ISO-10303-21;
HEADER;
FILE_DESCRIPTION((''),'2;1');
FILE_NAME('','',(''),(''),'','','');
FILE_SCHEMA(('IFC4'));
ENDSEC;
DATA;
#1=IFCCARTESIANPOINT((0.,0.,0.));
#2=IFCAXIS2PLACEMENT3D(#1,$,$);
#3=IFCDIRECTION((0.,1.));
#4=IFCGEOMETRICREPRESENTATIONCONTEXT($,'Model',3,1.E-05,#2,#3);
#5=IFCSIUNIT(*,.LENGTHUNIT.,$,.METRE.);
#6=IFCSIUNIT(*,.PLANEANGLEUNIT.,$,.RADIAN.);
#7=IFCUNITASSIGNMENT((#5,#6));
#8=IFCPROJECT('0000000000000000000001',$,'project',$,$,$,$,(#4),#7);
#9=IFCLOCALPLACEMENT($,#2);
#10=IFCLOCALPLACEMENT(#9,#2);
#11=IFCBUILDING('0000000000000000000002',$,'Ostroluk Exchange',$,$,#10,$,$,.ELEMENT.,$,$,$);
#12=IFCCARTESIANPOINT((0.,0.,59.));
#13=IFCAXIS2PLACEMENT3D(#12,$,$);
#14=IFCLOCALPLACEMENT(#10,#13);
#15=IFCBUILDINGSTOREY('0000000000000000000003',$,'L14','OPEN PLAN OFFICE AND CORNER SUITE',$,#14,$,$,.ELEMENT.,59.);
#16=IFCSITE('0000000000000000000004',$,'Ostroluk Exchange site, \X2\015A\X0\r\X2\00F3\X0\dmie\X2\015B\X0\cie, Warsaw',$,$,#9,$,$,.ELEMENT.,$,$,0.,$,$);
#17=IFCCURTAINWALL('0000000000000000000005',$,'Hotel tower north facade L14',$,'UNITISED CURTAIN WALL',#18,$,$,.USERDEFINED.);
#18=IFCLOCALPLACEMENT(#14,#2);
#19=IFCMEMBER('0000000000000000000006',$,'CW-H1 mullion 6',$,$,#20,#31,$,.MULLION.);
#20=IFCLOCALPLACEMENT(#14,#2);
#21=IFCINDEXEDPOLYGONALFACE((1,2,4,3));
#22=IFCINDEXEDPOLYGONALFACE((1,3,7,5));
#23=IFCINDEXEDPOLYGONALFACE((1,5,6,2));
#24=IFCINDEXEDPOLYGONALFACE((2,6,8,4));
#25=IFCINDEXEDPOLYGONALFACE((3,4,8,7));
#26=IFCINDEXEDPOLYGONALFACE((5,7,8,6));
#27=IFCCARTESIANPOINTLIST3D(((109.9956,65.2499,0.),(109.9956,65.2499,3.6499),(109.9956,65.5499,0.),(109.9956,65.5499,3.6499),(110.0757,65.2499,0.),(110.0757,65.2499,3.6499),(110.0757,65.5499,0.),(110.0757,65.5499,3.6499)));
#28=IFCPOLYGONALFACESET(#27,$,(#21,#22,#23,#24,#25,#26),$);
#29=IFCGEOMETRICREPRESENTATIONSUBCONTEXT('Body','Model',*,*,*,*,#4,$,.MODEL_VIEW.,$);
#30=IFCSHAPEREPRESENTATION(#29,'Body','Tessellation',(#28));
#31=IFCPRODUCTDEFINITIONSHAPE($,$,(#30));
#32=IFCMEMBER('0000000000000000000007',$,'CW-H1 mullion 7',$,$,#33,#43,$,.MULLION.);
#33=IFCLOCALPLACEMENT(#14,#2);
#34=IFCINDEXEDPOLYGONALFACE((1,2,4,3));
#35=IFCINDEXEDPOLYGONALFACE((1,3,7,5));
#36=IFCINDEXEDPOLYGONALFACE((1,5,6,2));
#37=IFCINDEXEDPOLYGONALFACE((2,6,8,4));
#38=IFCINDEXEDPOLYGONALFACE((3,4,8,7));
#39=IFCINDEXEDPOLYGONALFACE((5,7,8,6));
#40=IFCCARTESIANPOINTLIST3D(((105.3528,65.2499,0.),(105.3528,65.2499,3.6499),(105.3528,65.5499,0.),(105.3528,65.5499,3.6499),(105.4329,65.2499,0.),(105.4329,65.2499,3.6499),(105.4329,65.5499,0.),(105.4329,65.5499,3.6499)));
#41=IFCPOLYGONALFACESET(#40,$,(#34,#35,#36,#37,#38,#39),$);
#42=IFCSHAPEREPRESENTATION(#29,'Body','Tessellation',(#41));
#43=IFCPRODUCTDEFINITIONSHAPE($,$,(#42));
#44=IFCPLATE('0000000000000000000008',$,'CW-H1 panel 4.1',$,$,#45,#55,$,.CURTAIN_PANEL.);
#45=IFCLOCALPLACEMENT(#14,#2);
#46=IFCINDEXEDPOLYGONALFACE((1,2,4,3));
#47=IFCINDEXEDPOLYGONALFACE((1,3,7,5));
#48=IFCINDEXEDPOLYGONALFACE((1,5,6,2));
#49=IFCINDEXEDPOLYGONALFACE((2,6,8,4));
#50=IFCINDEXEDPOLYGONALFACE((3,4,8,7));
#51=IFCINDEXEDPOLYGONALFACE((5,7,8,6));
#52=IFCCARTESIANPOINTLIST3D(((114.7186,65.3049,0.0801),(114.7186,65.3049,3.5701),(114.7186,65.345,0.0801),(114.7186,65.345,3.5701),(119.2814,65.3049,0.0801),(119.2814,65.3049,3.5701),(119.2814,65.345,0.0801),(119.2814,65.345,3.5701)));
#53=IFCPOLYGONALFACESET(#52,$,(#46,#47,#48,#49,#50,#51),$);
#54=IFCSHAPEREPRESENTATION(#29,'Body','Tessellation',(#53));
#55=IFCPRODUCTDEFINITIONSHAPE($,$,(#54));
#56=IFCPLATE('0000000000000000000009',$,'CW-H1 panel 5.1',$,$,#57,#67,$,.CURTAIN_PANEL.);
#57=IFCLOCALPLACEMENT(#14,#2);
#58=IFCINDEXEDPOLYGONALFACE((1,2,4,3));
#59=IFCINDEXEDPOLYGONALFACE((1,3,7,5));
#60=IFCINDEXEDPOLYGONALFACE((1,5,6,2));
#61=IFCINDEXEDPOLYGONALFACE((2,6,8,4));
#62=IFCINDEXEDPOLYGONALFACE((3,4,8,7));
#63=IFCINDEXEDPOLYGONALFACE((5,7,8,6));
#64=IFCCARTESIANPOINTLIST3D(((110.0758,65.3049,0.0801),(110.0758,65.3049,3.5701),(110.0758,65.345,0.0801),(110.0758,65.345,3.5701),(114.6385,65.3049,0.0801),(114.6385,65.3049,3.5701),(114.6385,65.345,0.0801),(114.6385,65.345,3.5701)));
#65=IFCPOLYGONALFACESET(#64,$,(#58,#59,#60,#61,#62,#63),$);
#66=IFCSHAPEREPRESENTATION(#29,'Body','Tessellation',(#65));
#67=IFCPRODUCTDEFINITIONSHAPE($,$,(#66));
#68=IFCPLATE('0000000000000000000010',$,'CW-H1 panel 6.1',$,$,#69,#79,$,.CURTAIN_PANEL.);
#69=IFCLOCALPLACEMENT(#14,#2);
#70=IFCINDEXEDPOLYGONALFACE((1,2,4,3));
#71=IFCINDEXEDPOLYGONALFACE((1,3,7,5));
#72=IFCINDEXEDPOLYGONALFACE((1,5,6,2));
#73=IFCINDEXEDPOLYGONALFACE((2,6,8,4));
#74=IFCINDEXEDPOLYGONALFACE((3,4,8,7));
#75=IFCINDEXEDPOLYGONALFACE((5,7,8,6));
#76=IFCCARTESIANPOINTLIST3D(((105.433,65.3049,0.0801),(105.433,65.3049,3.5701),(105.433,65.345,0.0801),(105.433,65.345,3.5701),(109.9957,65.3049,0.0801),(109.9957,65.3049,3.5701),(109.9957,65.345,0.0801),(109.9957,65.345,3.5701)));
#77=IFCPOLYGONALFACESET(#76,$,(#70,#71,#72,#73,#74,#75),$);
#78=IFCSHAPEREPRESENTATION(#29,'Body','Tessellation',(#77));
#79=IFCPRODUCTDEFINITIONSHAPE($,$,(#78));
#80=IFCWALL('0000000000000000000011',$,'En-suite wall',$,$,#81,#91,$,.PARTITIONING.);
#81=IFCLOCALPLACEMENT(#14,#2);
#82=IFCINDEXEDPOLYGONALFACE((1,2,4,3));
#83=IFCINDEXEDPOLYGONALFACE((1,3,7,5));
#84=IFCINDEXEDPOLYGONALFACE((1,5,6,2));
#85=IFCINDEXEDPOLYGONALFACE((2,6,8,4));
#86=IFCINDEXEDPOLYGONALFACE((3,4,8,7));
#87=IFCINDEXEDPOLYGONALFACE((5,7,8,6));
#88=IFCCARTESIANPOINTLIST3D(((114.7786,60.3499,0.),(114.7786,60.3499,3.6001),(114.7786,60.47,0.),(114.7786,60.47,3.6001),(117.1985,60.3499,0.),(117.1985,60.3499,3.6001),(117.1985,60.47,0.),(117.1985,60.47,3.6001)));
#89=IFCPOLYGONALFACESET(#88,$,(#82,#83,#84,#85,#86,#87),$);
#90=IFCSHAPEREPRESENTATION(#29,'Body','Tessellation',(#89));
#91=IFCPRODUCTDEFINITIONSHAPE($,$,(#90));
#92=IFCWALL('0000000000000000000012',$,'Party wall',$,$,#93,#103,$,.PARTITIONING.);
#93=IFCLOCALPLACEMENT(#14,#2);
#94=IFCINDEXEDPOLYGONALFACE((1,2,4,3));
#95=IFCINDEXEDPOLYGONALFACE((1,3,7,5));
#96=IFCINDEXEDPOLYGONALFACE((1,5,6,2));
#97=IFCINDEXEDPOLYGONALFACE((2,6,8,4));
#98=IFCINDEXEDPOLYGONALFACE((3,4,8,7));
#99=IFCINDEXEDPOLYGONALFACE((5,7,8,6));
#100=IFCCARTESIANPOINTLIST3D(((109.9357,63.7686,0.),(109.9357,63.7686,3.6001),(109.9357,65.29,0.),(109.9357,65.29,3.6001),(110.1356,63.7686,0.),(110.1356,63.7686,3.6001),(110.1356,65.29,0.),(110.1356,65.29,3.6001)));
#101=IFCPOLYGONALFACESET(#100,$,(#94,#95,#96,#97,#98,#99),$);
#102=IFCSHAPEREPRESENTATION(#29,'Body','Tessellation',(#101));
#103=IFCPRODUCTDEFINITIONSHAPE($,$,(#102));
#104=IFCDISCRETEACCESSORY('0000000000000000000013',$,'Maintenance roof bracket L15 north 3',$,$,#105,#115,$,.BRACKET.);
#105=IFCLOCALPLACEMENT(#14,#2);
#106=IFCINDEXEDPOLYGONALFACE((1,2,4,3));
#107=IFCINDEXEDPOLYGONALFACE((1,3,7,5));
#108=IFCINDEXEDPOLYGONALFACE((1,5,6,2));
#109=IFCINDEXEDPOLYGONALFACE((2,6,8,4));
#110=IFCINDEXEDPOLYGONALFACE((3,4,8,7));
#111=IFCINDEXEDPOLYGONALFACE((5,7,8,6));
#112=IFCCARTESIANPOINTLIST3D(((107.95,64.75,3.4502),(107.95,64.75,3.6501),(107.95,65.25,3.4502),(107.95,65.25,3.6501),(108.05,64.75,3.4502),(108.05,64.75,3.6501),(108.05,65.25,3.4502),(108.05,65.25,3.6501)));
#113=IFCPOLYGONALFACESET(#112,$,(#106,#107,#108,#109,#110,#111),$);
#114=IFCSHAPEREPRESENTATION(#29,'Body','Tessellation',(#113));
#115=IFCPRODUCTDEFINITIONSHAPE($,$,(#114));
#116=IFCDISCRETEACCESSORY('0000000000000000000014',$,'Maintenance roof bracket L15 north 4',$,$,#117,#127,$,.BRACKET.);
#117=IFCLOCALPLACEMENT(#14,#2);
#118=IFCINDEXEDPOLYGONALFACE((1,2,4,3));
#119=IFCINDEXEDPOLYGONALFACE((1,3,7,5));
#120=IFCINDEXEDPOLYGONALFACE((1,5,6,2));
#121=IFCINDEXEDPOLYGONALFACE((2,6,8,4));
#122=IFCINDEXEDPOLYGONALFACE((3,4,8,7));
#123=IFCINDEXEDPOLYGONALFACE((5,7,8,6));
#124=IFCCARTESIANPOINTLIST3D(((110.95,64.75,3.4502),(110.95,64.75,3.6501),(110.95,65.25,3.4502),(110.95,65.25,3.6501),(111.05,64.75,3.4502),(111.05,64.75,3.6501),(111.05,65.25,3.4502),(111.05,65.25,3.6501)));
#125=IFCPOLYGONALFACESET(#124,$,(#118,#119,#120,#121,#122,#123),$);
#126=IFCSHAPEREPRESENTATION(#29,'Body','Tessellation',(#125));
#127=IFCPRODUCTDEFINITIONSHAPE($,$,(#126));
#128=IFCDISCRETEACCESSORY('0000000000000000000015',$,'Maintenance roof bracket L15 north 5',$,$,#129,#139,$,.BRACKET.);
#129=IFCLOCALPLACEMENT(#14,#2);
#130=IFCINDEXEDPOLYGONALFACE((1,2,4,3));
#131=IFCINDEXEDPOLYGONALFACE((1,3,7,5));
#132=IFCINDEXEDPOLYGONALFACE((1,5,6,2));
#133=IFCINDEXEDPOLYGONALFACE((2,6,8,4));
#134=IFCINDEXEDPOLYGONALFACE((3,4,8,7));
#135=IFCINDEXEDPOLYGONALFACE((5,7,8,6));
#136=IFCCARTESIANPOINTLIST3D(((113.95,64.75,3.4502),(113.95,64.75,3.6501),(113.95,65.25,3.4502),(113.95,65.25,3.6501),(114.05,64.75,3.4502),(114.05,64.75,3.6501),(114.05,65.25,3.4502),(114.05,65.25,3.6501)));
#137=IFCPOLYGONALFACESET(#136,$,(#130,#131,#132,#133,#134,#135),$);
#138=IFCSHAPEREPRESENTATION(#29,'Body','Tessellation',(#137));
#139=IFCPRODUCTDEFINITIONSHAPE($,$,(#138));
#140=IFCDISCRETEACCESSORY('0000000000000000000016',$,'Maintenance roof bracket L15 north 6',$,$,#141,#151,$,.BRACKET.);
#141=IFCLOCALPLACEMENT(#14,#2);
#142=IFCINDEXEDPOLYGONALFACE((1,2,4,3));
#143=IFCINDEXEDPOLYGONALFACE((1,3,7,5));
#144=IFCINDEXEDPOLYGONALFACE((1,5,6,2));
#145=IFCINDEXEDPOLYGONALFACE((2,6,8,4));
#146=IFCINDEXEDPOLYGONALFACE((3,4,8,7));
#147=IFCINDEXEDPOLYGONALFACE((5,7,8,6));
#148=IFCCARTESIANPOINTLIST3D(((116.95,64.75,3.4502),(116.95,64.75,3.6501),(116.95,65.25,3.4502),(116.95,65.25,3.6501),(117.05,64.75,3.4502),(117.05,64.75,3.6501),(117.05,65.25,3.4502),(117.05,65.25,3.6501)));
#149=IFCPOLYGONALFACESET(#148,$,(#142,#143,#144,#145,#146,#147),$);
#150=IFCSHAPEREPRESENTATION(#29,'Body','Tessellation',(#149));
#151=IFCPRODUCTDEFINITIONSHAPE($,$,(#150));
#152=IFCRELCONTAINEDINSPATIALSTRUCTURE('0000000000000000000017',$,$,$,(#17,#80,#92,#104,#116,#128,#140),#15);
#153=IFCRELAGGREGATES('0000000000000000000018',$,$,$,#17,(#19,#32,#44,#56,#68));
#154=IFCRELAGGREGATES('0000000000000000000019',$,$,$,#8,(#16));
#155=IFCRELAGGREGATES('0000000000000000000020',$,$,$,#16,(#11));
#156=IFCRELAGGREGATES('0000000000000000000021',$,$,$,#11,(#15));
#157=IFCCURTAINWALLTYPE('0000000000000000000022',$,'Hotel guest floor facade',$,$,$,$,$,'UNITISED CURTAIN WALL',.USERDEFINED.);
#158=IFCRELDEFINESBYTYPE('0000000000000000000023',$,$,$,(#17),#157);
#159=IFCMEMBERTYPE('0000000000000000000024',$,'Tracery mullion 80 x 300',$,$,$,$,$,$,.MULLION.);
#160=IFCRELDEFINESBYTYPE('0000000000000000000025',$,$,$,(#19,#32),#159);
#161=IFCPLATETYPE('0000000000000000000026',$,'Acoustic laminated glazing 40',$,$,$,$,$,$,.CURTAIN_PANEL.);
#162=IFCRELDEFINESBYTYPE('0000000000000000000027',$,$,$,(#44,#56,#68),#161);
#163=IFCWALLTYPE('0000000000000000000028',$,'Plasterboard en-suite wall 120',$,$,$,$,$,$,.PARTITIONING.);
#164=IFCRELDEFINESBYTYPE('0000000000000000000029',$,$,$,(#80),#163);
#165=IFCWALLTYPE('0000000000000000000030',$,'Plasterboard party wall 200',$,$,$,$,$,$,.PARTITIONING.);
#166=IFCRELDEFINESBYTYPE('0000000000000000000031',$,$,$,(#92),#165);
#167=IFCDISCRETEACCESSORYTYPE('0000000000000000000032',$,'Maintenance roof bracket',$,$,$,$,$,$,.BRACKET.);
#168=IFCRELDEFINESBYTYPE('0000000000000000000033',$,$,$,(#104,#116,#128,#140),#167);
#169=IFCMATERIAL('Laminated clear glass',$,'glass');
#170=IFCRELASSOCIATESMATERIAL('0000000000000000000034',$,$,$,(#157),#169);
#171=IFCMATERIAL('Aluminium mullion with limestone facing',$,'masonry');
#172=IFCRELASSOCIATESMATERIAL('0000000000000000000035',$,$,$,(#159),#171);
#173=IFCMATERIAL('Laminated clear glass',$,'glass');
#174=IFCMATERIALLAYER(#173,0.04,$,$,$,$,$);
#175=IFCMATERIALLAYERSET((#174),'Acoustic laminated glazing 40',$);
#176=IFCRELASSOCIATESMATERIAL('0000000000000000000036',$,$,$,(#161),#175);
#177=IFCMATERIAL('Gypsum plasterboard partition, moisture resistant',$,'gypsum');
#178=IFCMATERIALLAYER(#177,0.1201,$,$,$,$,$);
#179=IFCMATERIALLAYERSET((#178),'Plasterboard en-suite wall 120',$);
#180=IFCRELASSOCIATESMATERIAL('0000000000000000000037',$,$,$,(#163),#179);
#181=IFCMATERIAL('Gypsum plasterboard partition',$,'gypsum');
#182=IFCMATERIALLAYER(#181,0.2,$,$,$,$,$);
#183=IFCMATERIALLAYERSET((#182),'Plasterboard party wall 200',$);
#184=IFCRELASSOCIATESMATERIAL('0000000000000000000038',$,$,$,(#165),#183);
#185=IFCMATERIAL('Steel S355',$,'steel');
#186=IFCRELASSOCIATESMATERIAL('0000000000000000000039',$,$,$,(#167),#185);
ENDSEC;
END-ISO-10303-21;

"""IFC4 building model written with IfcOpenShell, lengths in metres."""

from ifc_helpers import new_model, si_unit, direction, frame, frame_2d, origin, origin_2d, place, context, subcontext, project, spatial, rectangle, extrude, material, layer, layer_set, material_profile, profile_set, type_object, element, aggregate, save


model = new_model("IFC4")

# Units and contexts
model_context = context("Model", 3, precision=1e-05, world=origin(), true_north=direction((0.0, 1.0)))
body_context = subcontext(model_context, "Body", "Model", "MODEL_VIEW")
ifc_project = project(units=[si_unit("LENGTHUNIT", "METRE"), si_unit("PLANEANGLEUNIT", "RADIAN")], contexts=[model_context])

# Site, building, storey
site_placement = place(None, origin())
site = spatial("IfcSite", under=ifc_project, at=site_placement, Name="Ostroluk Exchange site, Śródmieście, Warsaw", CompositionType="ELEMENT", RefElevation=0.0)
building_placement = place(site_placement, origin())
building = spatial("IfcBuilding", under=site, at=building_placement, Name="Ostroluk Exchange", CompositionType="ELEMENT")
storey_placement = place(building_placement, frame((0.0, 0.0, 59.0)))
storey = spatial("IfcBuildingStorey", under=building, at=storey_placement, Name="L14", Description="OPEN PLAN OFFICE AND CORNER SUITE", CompositionType="ELEMENT", Elevation=59.0)

# Curtain wall, members, plates
ifc_material_1 = material(Name="Laminated clear glass", Category="glass")
curtain_wall_type = type_object("IfcCurtainWallType", Name="Hotel guest floor facade", ElementType="UNITISED CURTAIN WALL", PredefinedType="USERDEFINED", material=ifc_material_1)
curtain_wall_placement = place(storey_placement, origin())
curtain_wall = element("IfcCurtainWall", 1, at=curtain_wall_placement, inside=storey, type_object=curtain_wall_type, Name="Hotel tower north facade L14", ObjectType="UNITISED CURTAIN WALL", PredefinedType="USERDEFINED")
ifc_material_2 = material(Name="Aluminium mullion with limestone facing", Category="masonry")
ifc_material_profile_1 = material_profile(ifc_material_2, rectangle(XDim=0.3, YDim=0.0801, at=origin_2d()), Name="Tracery mullion 80 x 300")
ifc_profile_set_1 = profile_set([ifc_material_profile_1], Name="Aluminium mullion with limestone facing")
member_type_1 = type_object("IfcMemberType", Name="Tracery mullion 80 x 300", PredefinedType="MULLION", material=ifc_profile_set_1)
member_1_placement = place(storey_placement, frame((110.0356, 65.3999, 0.0), z_axis=(0.0, 0.0, 1.0), x_axis=(0.0, -1.0, 0.0)))
member_1 = element("IfcMember", 2, at=member_1_placement, type_object=member_type_1, Name="CW-H1 mullion 6", PredefinedType="MULLION", context=body_context, shape_type="SweptSolid", body=[
    extrude(rectangle(XDim=0.3, YDim=0.0801, at=origin_2d()), origin(), (0.0, 0.0, 1.0), 3.6499),
])
member_2_placement = place(storey_placement, frame((105.3928, 65.3999, 0.0), z_axis=(0.0, 0.0, 1.0), x_axis=(0.0, -1.0, 0.0)))
member_2 = element("IfcMember", 3, at=member_2_placement, type_object=member_type_1, Name="CW-H1 mullion 7", PredefinedType="MULLION", context=body_context, shape_type="SweptSolid", body=[
    extrude(rectangle(XDim=0.3, YDim=0.0801, at=origin_2d()), origin(), (0.0, 0.0, 1.0), 3.6499),
])
ifc_material_3 = material(Name="Laminated clear glass", Category="glass")
ifc_layer_1 = layer(ifc_material_3, 0.04)
ifc_layer_set_1 = layer_set([ifc_layer_1], Name="Acoustic laminated glazing 40")
plate_type = type_object("IfcPlateType", Name="Acoustic laminated glazing 40", PredefinedType="CURTAIN_PANEL", material=ifc_layer_set_1)
plate_1_placement = place(storey_placement, frame((117.0, 65.325, 0.0801), z_axis=(0.0, 0.0, 1.0), x_axis=(-1.0, 0.0, 0.0)))
plate_1 = element("IfcPlate", 4, at=plate_1_placement, type_object=plate_type, Name="CW-H1 panel 4.1", PredefinedType="CURTAIN_PANEL", context=body_context, shape_type="SweptSolid", body=[
    extrude(rectangle(XDim=4.5627, YDim=0.04, at=origin_2d()), origin(), (0.0, 0.0, 1.0), 3.49),
])
plate_2_placement = place(storey_placement, frame((112.3572, 65.325, 0.0801), z_axis=(0.0, 0.0, 1.0), x_axis=(-1.0, 0.0, 0.0)))
plate_2 = element("IfcPlate", 5, at=plate_2_placement, type_object=plate_type, Name="CW-H1 panel 5.1", PredefinedType="CURTAIN_PANEL", context=body_context, shape_type="SweptSolid", body=[
    extrude(rectangle(XDim=4.5627, YDim=0.04, at=origin_2d()), origin(), (0.0, 0.0, 1.0), 3.49),
])
plate_3_placement = place(storey_placement, frame((107.7144, 65.325, 0.0801), z_axis=(0.0, 0.0, 1.0), x_axis=(-1.0, 0.0, 0.0)))
plate_3 = element("IfcPlate", 6, at=plate_3_placement, type_object=plate_type, Name="CW-H1 panel 6.1", PredefinedType="CURTAIN_PANEL", context=body_context, shape_type="SweptSolid", body=[
    extrude(rectangle(XDim=4.5627, YDim=0.04, at=origin_2d()), origin(), (0.0, 0.0, 1.0), 3.49),
])
aggregate(curtain_wall, [member_1, member_2, plate_1, plate_2, plate_3])

# Walls
ifc_material_4 = material(Name="Gypsum plasterboard partition, moisture resistant", Category="gypsum")
ifc_layer_2 = layer(ifc_material_4, 0.1201)
ifc_layer_set_2 = layer_set([ifc_layer_2], Name="Plasterboard en-suite wall 120")
wall_type_1 = type_object("IfcWallType", Name="Plasterboard en-suite wall 120", PredefinedType="PARTITIONING", material=ifc_layer_set_2)
wall_1_placement = place(storey_placement, frame((117.1985, 60.4099, 0.0), z_axis=(0.0, 0.0, 1.0), x_axis=(-1.0, 0.0, 0.0)))
element("IfcWall", 7, at=wall_1_placement, inside=storey, type_object=wall_type_1, Name="En-suite wall", PredefinedType="PARTITIONING", context=body_context, shape_type="SweptSolid", body=[
    extrude(rectangle(XDim=2.4199, YDim=0.1201, at=frame_2d((1.21, 0.0))), origin(), (0.0, 0.0, 1.0), 3.6001),
])
ifc_material_5 = material(Name="Gypsum plasterboard partition", Category="gypsum")
ifc_layer_3 = layer(ifc_material_5, 0.2)
ifc_layer_set_3 = layer_set([ifc_layer_3], Name="Plasterboard party wall 200")
wall_type_2 = type_object("IfcWallType", Name="Plasterboard party wall 200", PredefinedType="PARTITIONING", material=ifc_layer_set_3)
wall_2_placement = place(storey_placement, frame((110.0356, 63.7686, 0.0), z_axis=(0.0, 0.0, 1.0), x_axis=(0.0, 1.0, 0.0)))
element("IfcWall", 8, at=wall_2_placement, inside=storey, type_object=wall_type_2, Name="Party wall", PredefinedType="PARTITIONING", context=body_context, shape_type="SweptSolid", body=[
    extrude(rectangle(XDim=1.5215, YDim=0.2, at=frame_2d((0.7607, 0.0))), origin(), (0.0, 0.0, 1.0), 3.6001),
])

# Discrete accessories
ifc_material_6 = material(Name="Steel S355", Category="steel")
discrete_accessory_type = type_object("IfcDiscreteAccessoryType", Name="Maintenance roof bracket", PredefinedType="BRACKET", material=ifc_material_6)
for number, where, z_axis, x_axis, name in (
    (9, (108.0, 65.0, 3.4502), (0.0, 0.0, 1.0), (1.0, 0.0, 0.0), "Maintenance roof bracket L15 north 3"),
    (10, (111.0, 65.0, 3.4502), (0.0, 0.0, 1.0), (1.0, 0.0, 0.0), "Maintenance roof bracket L15 north 4"),
    (11, (114.0, 65.0, 3.4502), (0.0, 0.0, 1.0), (1.0, 0.0, 0.0), "Maintenance roof bracket L15 north 5"),
    (12, (117.0, 65.0, 3.4502), (0.0, 0.0, 1.0), (1.0, 0.0, 0.0), "Maintenance roof bracket L15 north 6"),
):
    element("IfcDiscreteAccessory", number, at=place(storey_placement, frame(where, z_axis=z_axis, x_axis=x_axis)), inside=storey, type_object=discrete_accessory_type, Name=name, PredefinedType="BRACKET", context=body_context, shape_type="SweptSolid", body=[
        extrude(rectangle(XDim=0.1001, YDim=0.5, at=origin_2d()), origin(), (0.0, 0.0, 1.0), 0.2),
    ])

save(model, "model.ifc")
